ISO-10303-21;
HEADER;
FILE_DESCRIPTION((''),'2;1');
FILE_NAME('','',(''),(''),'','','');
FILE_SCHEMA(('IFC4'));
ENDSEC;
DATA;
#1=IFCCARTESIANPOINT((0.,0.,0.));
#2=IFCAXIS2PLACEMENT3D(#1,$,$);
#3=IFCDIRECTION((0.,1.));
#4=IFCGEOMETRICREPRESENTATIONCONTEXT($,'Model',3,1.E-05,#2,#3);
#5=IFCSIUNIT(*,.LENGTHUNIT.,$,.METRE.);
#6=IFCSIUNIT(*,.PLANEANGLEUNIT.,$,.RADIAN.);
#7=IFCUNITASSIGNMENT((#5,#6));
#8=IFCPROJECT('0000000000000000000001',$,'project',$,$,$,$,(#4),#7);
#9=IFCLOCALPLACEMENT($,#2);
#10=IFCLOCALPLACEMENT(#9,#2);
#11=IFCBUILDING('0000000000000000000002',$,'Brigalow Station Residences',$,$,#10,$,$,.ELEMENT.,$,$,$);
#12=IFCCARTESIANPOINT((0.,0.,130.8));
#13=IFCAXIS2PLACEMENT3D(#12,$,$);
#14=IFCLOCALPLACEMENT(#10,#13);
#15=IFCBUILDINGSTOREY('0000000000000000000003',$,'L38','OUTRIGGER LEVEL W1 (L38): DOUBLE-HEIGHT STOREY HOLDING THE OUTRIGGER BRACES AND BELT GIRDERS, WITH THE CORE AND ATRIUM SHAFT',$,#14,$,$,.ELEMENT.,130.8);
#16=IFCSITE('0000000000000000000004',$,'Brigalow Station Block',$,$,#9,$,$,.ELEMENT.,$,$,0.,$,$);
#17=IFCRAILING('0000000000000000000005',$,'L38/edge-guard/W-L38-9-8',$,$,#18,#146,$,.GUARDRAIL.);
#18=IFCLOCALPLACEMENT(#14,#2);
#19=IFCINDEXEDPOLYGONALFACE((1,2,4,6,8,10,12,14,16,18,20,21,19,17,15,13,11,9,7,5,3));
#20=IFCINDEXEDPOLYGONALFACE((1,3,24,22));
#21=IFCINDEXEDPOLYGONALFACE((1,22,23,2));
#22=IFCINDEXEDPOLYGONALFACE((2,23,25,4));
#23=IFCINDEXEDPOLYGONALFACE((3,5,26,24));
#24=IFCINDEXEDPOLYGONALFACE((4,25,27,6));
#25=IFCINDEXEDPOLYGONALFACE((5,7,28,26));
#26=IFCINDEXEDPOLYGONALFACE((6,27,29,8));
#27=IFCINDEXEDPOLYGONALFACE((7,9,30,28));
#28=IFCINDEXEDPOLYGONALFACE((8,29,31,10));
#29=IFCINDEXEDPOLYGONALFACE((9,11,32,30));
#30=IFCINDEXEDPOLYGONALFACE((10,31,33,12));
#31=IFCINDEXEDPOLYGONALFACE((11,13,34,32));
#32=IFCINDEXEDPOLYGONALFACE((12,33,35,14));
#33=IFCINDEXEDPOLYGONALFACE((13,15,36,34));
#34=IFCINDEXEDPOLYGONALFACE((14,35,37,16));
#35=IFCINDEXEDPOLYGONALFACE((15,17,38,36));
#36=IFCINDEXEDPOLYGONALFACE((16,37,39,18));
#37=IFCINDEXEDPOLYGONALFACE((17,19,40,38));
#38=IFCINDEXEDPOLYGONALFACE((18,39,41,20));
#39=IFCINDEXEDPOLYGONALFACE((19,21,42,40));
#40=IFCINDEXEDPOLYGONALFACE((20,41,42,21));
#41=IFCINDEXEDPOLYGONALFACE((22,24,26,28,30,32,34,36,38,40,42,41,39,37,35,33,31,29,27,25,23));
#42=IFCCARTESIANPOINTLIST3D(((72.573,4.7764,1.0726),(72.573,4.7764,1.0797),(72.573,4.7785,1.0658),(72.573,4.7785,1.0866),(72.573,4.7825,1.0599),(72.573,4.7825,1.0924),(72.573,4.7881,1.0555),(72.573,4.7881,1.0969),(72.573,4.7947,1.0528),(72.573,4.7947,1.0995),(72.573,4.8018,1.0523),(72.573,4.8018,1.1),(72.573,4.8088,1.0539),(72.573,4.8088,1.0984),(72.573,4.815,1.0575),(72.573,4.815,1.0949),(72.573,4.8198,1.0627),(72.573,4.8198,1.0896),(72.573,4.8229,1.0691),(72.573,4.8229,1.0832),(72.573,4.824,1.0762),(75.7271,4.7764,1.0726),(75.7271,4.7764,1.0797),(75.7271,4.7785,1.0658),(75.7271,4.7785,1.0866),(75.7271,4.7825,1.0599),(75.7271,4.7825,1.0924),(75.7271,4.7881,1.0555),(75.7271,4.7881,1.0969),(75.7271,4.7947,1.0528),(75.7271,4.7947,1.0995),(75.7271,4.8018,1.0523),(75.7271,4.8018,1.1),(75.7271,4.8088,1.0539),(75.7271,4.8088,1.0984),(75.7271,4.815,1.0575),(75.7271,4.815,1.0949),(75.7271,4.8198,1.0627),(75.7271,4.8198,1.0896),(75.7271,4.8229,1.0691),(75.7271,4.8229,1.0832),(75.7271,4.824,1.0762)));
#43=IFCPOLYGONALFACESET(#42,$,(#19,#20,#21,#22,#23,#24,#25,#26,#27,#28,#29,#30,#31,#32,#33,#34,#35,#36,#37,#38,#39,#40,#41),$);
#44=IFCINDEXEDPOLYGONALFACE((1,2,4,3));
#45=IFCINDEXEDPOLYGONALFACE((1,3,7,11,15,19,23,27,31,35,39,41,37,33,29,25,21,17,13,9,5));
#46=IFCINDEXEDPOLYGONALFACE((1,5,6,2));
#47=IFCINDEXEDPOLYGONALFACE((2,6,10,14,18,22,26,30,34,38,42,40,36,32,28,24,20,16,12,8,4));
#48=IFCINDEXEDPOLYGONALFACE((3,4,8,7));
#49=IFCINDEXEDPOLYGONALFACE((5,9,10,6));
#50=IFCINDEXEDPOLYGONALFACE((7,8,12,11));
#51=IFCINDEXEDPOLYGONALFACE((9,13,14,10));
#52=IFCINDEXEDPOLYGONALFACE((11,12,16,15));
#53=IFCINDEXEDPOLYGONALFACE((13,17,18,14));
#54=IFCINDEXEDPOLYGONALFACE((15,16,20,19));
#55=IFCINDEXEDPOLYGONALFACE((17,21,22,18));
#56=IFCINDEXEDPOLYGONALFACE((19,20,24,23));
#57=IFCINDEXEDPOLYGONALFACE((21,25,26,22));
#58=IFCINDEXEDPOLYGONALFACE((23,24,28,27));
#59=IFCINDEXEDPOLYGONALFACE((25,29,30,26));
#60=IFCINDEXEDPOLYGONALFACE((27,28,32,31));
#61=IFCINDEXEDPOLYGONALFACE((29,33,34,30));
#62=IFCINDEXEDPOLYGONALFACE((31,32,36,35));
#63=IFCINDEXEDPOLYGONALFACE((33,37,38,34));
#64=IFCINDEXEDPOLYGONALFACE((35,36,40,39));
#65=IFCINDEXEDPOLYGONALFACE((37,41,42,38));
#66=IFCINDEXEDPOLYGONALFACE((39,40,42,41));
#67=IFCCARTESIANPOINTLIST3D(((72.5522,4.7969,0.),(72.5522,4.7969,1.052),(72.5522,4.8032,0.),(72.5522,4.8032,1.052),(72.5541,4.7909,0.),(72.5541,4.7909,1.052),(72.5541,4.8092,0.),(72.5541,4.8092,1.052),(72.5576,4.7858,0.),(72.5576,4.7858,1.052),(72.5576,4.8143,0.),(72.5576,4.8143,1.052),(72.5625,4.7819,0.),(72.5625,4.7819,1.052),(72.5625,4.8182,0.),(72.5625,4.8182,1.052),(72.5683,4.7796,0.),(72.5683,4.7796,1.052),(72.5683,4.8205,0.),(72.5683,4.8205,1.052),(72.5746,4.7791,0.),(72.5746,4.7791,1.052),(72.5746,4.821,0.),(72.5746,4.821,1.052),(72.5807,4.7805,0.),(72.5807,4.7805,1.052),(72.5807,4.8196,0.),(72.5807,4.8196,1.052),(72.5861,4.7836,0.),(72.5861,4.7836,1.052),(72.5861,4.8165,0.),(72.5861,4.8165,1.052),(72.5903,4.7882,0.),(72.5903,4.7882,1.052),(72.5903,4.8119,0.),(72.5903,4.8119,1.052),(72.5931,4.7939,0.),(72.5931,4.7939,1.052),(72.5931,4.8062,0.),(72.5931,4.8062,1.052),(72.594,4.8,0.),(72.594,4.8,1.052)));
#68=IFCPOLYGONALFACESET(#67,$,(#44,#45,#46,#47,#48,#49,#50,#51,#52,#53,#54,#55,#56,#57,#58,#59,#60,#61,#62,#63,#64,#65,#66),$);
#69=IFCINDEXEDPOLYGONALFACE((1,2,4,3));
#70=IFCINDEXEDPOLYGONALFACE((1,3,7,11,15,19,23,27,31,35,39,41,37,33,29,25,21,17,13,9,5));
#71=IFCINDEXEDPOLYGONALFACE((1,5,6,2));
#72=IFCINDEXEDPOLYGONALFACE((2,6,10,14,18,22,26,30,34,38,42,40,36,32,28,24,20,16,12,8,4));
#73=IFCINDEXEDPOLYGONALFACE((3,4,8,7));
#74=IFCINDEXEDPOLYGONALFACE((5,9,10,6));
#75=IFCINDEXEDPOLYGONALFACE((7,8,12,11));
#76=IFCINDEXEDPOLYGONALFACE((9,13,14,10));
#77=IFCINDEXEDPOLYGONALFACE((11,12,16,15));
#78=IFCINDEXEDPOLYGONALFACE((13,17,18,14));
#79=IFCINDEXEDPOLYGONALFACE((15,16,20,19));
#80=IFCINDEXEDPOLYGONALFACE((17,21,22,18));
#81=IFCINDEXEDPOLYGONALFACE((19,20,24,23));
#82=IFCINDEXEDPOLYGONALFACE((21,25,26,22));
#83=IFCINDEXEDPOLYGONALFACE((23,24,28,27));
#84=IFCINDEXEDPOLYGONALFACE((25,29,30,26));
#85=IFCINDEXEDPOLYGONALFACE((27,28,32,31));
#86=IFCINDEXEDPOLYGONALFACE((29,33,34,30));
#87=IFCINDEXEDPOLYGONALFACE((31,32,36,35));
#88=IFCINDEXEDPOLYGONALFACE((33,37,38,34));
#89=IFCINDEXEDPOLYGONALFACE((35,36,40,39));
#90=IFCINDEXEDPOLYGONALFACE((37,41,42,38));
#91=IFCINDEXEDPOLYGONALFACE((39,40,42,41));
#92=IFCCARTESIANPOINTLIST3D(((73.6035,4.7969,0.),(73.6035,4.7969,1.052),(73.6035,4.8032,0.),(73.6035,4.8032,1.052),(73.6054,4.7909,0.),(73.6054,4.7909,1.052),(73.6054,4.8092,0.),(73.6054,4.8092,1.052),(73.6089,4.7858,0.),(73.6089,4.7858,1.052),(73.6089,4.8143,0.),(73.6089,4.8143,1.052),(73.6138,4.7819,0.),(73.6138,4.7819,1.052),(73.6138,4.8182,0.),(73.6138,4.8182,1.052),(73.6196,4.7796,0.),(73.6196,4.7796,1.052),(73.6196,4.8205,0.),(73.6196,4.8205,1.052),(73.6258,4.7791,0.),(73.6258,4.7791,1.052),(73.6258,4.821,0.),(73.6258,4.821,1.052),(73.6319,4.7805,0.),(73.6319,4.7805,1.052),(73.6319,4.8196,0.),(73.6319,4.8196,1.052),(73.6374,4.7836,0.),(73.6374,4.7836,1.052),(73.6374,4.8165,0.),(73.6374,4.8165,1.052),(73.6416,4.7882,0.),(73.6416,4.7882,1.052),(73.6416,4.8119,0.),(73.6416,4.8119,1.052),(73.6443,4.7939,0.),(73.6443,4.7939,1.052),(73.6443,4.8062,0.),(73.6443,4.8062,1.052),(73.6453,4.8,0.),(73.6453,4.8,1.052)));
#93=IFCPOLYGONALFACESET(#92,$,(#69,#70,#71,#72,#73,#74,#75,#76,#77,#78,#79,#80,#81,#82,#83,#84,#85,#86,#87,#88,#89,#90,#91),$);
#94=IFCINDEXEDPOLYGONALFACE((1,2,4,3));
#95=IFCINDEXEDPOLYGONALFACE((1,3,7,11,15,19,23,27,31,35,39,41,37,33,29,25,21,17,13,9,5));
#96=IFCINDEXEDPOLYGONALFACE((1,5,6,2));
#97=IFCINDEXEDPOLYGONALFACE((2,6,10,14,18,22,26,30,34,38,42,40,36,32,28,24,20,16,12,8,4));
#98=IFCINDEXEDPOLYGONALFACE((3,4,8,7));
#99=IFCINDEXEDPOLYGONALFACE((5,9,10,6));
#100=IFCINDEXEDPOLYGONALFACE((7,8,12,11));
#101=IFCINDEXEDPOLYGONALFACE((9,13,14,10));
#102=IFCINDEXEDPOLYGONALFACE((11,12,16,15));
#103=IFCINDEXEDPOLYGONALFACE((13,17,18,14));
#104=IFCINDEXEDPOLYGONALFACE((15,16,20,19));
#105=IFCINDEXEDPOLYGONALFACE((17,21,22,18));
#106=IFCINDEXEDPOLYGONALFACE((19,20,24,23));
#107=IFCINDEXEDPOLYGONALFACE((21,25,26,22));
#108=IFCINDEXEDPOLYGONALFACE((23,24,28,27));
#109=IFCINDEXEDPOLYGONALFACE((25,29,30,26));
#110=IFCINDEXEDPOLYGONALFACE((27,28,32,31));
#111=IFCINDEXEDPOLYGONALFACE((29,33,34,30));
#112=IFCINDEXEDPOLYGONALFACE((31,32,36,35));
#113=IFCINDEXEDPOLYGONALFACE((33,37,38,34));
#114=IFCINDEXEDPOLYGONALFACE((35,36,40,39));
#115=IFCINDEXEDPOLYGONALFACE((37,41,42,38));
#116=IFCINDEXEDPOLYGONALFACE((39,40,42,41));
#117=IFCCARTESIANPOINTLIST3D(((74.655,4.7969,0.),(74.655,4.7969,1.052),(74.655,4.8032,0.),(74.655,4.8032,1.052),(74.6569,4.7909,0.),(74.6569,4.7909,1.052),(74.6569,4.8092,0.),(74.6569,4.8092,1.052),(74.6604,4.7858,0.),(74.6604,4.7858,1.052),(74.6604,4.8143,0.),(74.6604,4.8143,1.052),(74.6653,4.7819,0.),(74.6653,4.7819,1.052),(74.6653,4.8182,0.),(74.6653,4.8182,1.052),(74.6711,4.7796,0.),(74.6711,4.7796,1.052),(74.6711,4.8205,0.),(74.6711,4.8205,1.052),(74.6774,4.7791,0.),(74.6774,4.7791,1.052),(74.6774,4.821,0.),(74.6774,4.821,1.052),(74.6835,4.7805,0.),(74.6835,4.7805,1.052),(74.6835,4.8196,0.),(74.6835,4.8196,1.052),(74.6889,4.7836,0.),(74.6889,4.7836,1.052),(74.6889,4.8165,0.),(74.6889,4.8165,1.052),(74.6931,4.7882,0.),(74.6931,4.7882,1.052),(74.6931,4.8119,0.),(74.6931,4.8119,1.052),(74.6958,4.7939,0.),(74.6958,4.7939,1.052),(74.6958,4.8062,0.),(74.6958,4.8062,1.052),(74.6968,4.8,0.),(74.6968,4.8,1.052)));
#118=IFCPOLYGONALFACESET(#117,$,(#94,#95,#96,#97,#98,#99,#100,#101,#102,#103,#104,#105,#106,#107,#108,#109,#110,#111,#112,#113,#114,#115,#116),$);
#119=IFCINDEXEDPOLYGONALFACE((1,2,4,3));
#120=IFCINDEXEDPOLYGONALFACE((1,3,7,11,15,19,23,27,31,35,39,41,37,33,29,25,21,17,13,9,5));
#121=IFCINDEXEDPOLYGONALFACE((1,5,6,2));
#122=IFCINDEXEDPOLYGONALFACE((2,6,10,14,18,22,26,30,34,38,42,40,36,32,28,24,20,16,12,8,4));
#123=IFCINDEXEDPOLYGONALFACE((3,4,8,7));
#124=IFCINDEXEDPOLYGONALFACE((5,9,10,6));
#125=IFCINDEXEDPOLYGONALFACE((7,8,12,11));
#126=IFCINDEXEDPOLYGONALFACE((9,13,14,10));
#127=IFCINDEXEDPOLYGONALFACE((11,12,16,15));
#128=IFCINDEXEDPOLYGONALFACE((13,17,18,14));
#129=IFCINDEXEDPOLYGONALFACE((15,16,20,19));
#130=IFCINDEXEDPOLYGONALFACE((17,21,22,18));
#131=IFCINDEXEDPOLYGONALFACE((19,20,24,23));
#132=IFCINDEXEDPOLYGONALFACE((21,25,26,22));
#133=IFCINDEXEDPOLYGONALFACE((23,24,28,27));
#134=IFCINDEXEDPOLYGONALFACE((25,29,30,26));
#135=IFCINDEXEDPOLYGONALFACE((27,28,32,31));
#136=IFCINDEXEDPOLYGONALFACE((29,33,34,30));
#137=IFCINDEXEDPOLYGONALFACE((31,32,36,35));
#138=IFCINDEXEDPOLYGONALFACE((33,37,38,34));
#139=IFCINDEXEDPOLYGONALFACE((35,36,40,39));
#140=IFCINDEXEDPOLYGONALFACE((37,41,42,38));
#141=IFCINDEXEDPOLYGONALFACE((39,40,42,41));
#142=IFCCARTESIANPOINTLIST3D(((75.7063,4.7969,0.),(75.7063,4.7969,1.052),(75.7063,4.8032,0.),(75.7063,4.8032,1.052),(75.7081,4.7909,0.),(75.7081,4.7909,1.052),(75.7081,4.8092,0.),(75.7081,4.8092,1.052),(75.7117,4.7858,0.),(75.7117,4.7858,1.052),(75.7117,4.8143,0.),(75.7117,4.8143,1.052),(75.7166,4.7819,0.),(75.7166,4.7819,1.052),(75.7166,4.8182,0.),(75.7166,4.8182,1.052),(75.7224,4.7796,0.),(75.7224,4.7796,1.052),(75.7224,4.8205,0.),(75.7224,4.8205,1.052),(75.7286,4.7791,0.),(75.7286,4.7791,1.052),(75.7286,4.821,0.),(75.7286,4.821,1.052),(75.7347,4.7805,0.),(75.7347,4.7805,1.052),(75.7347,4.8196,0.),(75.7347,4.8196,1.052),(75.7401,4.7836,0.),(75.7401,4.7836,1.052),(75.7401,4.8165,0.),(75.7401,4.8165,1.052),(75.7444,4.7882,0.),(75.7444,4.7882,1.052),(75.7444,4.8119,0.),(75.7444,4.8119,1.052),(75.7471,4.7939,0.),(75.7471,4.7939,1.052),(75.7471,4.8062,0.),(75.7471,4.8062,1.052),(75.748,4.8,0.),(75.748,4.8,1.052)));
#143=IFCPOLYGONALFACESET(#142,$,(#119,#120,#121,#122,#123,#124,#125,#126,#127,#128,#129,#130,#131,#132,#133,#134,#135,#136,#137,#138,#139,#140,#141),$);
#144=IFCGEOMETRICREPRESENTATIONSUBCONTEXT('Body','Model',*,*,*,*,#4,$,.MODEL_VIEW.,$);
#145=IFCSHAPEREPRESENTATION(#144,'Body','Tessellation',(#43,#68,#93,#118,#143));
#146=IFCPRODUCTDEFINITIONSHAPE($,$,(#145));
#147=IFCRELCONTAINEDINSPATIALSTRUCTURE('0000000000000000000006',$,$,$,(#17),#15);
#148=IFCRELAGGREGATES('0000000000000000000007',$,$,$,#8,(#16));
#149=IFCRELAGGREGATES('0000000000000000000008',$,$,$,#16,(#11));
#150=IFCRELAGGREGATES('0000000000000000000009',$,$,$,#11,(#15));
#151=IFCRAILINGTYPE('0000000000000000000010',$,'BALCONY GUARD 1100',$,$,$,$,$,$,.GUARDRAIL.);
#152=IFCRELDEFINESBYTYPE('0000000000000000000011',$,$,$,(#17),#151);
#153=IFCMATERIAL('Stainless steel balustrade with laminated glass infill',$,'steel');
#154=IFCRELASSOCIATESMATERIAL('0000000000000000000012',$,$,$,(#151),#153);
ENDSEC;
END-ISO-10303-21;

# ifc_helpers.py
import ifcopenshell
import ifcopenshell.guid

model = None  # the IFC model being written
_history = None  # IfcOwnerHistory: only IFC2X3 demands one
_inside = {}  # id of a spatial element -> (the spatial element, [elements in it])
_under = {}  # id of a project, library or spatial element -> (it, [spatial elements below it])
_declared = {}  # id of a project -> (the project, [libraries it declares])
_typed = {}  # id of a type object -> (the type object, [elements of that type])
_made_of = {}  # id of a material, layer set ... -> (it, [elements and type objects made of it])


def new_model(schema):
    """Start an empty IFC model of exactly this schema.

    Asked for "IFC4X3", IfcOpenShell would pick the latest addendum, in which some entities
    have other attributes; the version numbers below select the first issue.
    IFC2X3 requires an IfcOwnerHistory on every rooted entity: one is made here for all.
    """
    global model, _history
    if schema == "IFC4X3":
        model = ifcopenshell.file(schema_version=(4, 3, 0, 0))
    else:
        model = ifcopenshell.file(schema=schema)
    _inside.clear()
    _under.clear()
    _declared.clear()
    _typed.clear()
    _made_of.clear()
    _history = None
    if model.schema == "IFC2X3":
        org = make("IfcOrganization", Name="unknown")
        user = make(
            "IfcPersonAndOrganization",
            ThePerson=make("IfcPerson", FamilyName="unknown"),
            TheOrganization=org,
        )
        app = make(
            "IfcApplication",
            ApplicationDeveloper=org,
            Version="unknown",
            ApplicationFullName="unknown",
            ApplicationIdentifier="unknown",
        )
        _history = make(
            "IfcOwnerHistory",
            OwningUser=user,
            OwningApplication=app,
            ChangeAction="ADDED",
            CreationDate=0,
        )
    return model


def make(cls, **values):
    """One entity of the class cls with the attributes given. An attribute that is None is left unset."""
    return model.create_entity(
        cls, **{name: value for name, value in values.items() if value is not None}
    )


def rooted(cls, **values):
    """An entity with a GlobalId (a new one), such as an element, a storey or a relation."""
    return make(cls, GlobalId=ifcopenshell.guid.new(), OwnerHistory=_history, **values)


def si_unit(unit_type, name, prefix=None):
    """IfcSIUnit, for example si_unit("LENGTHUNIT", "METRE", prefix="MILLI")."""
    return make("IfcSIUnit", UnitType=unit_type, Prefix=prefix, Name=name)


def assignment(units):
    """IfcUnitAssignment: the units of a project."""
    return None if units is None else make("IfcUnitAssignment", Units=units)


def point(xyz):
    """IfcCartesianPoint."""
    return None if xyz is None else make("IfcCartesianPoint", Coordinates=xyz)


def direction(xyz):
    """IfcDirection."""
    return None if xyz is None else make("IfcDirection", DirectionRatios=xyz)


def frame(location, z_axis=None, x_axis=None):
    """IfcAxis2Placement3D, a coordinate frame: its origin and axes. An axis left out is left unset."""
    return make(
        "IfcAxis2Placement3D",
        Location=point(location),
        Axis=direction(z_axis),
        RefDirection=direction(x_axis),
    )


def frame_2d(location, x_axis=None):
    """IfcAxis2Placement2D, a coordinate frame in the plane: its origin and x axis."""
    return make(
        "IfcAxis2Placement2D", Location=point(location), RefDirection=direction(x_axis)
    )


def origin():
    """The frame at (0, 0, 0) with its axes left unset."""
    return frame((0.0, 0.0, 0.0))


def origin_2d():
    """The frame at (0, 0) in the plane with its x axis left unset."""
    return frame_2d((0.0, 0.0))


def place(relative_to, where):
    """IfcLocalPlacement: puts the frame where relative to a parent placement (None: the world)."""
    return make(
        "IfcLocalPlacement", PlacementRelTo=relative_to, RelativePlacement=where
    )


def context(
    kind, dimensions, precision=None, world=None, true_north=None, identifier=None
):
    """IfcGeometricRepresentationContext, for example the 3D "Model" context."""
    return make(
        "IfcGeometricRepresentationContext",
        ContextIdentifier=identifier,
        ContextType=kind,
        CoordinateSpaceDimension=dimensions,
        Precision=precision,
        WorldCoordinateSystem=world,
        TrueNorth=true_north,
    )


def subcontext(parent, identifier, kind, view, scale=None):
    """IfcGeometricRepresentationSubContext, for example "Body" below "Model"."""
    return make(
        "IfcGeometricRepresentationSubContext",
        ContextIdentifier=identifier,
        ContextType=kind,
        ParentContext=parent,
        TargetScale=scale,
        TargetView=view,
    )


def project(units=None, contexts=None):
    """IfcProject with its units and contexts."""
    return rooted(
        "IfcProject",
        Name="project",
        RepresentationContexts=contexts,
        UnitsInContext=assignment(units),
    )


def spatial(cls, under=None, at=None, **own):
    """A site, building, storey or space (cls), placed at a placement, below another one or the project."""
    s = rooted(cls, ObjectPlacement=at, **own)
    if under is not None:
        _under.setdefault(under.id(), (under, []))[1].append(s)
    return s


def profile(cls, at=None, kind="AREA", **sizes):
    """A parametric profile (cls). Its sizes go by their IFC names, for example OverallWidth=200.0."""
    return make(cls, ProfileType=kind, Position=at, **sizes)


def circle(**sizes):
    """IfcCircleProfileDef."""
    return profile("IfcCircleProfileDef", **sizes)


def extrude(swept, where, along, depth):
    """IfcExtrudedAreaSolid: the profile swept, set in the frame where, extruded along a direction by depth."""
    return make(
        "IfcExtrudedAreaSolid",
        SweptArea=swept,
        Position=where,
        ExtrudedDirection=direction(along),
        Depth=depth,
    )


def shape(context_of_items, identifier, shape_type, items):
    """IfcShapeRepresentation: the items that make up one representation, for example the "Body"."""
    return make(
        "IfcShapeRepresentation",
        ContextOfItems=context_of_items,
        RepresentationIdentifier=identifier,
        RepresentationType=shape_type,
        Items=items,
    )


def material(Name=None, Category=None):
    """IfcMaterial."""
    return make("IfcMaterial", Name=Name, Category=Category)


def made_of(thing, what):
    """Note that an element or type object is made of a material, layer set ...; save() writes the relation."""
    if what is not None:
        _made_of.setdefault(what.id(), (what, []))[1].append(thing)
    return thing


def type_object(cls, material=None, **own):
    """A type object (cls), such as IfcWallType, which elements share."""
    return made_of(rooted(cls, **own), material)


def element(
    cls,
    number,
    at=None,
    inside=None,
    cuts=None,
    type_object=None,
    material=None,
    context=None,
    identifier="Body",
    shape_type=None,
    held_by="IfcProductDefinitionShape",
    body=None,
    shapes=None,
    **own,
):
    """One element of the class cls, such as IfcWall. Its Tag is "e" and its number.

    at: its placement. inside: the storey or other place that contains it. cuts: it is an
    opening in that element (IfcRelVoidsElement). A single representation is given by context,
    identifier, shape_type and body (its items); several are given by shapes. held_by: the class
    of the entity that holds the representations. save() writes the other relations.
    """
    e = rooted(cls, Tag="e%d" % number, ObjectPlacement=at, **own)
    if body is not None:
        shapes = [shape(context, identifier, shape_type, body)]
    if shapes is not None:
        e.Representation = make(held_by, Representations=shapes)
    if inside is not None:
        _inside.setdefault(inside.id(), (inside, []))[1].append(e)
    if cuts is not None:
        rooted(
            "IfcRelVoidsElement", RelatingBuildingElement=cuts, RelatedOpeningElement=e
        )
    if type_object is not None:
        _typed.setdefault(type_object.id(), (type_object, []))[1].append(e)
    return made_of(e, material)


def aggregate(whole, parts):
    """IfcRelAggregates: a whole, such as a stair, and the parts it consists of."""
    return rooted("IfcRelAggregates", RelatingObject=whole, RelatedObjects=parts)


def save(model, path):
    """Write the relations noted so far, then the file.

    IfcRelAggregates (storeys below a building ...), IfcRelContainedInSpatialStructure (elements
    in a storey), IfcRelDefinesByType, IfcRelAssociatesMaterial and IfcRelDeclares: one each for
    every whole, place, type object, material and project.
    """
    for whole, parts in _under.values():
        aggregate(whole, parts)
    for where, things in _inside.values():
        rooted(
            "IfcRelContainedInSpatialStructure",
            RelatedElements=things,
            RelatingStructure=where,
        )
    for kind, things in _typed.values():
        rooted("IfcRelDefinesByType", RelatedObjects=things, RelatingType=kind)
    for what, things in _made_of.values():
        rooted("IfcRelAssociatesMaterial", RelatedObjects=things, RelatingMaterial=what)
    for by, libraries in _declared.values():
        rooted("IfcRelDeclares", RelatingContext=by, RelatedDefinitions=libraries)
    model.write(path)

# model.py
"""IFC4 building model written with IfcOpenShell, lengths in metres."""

from ifc_helpers import new_model, si_unit, direction, frame, origin, origin_2d, place, context, subcontext, project, spatial, circle, extrude, material, type_object, element, save


model = new_model("IFC4")

# Units and contexts
model_context = context("Model", 3, precision=1e-05, world=origin(), true_north=direction((0.0, 1.0)))
body_context = subcontext(model_context, "Body", "Model", "MODEL_VIEW")
ifc_project = project(units=[si_unit("LENGTHUNIT", "METRE"), si_unit("PLANEANGLEUNIT", "RADIAN")], contexts=[model_context])

# Site, building, storey
site_placement = place(None, origin())
site = spatial("IfcSite", under=ifc_project, at=site_placement, Name="Brigalow Station Block", CompositionType="ELEMENT", RefElevation=0.0)
building_placement = place(site_placement, origin())
building = spatial("IfcBuilding", under=site, at=building_placement, Name="Brigalow Station Residences", CompositionType="ELEMENT")
storey_placement = place(building_placement, frame((0.0, 0.0, 130.8)))
storey = spatial("IfcBuildingStorey", under=building, at=storey_placement, Name="L38", Description="OUTRIGGER LEVEL W1 (L38): DOUBLE-HEIGHT STOREY HOLDING THE OUTRIGGER BRACES AND BELT GIRDERS, WITH THE CORE AND ATRIUM SHAFT", CompositionType="ELEMENT", Elevation=130.8)

# Railing
ifc_material_1 = material(Name="Stainless steel balustrade with laminated glass infill", Category="steel")
railing_type = type_object("IfcRailingType", Name="BALCONY GUARD 1100", PredefinedType="GUARDRAIL", material=ifc_material_1)
railing_1_placement = place(storey_placement, frame((72.573, 4.8, 0.0)))
element("IfcRailing", 1, at=railing_1_placement, inside=storey, type_object=railing_type, Name="L38/edge-guard/W-L38-9-8", PredefinedType="GUARDRAIL", context=body_context, shape_type="SweptSolid", body=[
    extrude(circle(Radius=0.0239, at=origin_2d()), frame((0.0, 0.0, 1.0762), z_axis=(1.0, 0.0, 0.0), x_axis=(0.0, 1.0, 0.0)), (0.0, 0.0, 1.0), 3.1541),
    extrude(circle(Radius=0.021, at=origin_2d()), origin(), (0.0, 0.0, 1.0), 1.052),
    extrude(circle(Radius=0.021, at=origin_2d()), frame((1.0513, 0.0, 0.0)), (0.0, 0.0, 1.0), 1.052),
    extrude(circle(Radius=0.021, at=origin_2d()), frame((2.1028, 0.0, 0.0)), (0.0, 0.0, 1.0), 1.052),
    extrude(circle(Radius=0.021, at=origin_2d()), frame((3.1541, 0.0, 0.0)), (0.0, 0.0, 1.0), 1.052),
])

save(model, "model.ifc")
